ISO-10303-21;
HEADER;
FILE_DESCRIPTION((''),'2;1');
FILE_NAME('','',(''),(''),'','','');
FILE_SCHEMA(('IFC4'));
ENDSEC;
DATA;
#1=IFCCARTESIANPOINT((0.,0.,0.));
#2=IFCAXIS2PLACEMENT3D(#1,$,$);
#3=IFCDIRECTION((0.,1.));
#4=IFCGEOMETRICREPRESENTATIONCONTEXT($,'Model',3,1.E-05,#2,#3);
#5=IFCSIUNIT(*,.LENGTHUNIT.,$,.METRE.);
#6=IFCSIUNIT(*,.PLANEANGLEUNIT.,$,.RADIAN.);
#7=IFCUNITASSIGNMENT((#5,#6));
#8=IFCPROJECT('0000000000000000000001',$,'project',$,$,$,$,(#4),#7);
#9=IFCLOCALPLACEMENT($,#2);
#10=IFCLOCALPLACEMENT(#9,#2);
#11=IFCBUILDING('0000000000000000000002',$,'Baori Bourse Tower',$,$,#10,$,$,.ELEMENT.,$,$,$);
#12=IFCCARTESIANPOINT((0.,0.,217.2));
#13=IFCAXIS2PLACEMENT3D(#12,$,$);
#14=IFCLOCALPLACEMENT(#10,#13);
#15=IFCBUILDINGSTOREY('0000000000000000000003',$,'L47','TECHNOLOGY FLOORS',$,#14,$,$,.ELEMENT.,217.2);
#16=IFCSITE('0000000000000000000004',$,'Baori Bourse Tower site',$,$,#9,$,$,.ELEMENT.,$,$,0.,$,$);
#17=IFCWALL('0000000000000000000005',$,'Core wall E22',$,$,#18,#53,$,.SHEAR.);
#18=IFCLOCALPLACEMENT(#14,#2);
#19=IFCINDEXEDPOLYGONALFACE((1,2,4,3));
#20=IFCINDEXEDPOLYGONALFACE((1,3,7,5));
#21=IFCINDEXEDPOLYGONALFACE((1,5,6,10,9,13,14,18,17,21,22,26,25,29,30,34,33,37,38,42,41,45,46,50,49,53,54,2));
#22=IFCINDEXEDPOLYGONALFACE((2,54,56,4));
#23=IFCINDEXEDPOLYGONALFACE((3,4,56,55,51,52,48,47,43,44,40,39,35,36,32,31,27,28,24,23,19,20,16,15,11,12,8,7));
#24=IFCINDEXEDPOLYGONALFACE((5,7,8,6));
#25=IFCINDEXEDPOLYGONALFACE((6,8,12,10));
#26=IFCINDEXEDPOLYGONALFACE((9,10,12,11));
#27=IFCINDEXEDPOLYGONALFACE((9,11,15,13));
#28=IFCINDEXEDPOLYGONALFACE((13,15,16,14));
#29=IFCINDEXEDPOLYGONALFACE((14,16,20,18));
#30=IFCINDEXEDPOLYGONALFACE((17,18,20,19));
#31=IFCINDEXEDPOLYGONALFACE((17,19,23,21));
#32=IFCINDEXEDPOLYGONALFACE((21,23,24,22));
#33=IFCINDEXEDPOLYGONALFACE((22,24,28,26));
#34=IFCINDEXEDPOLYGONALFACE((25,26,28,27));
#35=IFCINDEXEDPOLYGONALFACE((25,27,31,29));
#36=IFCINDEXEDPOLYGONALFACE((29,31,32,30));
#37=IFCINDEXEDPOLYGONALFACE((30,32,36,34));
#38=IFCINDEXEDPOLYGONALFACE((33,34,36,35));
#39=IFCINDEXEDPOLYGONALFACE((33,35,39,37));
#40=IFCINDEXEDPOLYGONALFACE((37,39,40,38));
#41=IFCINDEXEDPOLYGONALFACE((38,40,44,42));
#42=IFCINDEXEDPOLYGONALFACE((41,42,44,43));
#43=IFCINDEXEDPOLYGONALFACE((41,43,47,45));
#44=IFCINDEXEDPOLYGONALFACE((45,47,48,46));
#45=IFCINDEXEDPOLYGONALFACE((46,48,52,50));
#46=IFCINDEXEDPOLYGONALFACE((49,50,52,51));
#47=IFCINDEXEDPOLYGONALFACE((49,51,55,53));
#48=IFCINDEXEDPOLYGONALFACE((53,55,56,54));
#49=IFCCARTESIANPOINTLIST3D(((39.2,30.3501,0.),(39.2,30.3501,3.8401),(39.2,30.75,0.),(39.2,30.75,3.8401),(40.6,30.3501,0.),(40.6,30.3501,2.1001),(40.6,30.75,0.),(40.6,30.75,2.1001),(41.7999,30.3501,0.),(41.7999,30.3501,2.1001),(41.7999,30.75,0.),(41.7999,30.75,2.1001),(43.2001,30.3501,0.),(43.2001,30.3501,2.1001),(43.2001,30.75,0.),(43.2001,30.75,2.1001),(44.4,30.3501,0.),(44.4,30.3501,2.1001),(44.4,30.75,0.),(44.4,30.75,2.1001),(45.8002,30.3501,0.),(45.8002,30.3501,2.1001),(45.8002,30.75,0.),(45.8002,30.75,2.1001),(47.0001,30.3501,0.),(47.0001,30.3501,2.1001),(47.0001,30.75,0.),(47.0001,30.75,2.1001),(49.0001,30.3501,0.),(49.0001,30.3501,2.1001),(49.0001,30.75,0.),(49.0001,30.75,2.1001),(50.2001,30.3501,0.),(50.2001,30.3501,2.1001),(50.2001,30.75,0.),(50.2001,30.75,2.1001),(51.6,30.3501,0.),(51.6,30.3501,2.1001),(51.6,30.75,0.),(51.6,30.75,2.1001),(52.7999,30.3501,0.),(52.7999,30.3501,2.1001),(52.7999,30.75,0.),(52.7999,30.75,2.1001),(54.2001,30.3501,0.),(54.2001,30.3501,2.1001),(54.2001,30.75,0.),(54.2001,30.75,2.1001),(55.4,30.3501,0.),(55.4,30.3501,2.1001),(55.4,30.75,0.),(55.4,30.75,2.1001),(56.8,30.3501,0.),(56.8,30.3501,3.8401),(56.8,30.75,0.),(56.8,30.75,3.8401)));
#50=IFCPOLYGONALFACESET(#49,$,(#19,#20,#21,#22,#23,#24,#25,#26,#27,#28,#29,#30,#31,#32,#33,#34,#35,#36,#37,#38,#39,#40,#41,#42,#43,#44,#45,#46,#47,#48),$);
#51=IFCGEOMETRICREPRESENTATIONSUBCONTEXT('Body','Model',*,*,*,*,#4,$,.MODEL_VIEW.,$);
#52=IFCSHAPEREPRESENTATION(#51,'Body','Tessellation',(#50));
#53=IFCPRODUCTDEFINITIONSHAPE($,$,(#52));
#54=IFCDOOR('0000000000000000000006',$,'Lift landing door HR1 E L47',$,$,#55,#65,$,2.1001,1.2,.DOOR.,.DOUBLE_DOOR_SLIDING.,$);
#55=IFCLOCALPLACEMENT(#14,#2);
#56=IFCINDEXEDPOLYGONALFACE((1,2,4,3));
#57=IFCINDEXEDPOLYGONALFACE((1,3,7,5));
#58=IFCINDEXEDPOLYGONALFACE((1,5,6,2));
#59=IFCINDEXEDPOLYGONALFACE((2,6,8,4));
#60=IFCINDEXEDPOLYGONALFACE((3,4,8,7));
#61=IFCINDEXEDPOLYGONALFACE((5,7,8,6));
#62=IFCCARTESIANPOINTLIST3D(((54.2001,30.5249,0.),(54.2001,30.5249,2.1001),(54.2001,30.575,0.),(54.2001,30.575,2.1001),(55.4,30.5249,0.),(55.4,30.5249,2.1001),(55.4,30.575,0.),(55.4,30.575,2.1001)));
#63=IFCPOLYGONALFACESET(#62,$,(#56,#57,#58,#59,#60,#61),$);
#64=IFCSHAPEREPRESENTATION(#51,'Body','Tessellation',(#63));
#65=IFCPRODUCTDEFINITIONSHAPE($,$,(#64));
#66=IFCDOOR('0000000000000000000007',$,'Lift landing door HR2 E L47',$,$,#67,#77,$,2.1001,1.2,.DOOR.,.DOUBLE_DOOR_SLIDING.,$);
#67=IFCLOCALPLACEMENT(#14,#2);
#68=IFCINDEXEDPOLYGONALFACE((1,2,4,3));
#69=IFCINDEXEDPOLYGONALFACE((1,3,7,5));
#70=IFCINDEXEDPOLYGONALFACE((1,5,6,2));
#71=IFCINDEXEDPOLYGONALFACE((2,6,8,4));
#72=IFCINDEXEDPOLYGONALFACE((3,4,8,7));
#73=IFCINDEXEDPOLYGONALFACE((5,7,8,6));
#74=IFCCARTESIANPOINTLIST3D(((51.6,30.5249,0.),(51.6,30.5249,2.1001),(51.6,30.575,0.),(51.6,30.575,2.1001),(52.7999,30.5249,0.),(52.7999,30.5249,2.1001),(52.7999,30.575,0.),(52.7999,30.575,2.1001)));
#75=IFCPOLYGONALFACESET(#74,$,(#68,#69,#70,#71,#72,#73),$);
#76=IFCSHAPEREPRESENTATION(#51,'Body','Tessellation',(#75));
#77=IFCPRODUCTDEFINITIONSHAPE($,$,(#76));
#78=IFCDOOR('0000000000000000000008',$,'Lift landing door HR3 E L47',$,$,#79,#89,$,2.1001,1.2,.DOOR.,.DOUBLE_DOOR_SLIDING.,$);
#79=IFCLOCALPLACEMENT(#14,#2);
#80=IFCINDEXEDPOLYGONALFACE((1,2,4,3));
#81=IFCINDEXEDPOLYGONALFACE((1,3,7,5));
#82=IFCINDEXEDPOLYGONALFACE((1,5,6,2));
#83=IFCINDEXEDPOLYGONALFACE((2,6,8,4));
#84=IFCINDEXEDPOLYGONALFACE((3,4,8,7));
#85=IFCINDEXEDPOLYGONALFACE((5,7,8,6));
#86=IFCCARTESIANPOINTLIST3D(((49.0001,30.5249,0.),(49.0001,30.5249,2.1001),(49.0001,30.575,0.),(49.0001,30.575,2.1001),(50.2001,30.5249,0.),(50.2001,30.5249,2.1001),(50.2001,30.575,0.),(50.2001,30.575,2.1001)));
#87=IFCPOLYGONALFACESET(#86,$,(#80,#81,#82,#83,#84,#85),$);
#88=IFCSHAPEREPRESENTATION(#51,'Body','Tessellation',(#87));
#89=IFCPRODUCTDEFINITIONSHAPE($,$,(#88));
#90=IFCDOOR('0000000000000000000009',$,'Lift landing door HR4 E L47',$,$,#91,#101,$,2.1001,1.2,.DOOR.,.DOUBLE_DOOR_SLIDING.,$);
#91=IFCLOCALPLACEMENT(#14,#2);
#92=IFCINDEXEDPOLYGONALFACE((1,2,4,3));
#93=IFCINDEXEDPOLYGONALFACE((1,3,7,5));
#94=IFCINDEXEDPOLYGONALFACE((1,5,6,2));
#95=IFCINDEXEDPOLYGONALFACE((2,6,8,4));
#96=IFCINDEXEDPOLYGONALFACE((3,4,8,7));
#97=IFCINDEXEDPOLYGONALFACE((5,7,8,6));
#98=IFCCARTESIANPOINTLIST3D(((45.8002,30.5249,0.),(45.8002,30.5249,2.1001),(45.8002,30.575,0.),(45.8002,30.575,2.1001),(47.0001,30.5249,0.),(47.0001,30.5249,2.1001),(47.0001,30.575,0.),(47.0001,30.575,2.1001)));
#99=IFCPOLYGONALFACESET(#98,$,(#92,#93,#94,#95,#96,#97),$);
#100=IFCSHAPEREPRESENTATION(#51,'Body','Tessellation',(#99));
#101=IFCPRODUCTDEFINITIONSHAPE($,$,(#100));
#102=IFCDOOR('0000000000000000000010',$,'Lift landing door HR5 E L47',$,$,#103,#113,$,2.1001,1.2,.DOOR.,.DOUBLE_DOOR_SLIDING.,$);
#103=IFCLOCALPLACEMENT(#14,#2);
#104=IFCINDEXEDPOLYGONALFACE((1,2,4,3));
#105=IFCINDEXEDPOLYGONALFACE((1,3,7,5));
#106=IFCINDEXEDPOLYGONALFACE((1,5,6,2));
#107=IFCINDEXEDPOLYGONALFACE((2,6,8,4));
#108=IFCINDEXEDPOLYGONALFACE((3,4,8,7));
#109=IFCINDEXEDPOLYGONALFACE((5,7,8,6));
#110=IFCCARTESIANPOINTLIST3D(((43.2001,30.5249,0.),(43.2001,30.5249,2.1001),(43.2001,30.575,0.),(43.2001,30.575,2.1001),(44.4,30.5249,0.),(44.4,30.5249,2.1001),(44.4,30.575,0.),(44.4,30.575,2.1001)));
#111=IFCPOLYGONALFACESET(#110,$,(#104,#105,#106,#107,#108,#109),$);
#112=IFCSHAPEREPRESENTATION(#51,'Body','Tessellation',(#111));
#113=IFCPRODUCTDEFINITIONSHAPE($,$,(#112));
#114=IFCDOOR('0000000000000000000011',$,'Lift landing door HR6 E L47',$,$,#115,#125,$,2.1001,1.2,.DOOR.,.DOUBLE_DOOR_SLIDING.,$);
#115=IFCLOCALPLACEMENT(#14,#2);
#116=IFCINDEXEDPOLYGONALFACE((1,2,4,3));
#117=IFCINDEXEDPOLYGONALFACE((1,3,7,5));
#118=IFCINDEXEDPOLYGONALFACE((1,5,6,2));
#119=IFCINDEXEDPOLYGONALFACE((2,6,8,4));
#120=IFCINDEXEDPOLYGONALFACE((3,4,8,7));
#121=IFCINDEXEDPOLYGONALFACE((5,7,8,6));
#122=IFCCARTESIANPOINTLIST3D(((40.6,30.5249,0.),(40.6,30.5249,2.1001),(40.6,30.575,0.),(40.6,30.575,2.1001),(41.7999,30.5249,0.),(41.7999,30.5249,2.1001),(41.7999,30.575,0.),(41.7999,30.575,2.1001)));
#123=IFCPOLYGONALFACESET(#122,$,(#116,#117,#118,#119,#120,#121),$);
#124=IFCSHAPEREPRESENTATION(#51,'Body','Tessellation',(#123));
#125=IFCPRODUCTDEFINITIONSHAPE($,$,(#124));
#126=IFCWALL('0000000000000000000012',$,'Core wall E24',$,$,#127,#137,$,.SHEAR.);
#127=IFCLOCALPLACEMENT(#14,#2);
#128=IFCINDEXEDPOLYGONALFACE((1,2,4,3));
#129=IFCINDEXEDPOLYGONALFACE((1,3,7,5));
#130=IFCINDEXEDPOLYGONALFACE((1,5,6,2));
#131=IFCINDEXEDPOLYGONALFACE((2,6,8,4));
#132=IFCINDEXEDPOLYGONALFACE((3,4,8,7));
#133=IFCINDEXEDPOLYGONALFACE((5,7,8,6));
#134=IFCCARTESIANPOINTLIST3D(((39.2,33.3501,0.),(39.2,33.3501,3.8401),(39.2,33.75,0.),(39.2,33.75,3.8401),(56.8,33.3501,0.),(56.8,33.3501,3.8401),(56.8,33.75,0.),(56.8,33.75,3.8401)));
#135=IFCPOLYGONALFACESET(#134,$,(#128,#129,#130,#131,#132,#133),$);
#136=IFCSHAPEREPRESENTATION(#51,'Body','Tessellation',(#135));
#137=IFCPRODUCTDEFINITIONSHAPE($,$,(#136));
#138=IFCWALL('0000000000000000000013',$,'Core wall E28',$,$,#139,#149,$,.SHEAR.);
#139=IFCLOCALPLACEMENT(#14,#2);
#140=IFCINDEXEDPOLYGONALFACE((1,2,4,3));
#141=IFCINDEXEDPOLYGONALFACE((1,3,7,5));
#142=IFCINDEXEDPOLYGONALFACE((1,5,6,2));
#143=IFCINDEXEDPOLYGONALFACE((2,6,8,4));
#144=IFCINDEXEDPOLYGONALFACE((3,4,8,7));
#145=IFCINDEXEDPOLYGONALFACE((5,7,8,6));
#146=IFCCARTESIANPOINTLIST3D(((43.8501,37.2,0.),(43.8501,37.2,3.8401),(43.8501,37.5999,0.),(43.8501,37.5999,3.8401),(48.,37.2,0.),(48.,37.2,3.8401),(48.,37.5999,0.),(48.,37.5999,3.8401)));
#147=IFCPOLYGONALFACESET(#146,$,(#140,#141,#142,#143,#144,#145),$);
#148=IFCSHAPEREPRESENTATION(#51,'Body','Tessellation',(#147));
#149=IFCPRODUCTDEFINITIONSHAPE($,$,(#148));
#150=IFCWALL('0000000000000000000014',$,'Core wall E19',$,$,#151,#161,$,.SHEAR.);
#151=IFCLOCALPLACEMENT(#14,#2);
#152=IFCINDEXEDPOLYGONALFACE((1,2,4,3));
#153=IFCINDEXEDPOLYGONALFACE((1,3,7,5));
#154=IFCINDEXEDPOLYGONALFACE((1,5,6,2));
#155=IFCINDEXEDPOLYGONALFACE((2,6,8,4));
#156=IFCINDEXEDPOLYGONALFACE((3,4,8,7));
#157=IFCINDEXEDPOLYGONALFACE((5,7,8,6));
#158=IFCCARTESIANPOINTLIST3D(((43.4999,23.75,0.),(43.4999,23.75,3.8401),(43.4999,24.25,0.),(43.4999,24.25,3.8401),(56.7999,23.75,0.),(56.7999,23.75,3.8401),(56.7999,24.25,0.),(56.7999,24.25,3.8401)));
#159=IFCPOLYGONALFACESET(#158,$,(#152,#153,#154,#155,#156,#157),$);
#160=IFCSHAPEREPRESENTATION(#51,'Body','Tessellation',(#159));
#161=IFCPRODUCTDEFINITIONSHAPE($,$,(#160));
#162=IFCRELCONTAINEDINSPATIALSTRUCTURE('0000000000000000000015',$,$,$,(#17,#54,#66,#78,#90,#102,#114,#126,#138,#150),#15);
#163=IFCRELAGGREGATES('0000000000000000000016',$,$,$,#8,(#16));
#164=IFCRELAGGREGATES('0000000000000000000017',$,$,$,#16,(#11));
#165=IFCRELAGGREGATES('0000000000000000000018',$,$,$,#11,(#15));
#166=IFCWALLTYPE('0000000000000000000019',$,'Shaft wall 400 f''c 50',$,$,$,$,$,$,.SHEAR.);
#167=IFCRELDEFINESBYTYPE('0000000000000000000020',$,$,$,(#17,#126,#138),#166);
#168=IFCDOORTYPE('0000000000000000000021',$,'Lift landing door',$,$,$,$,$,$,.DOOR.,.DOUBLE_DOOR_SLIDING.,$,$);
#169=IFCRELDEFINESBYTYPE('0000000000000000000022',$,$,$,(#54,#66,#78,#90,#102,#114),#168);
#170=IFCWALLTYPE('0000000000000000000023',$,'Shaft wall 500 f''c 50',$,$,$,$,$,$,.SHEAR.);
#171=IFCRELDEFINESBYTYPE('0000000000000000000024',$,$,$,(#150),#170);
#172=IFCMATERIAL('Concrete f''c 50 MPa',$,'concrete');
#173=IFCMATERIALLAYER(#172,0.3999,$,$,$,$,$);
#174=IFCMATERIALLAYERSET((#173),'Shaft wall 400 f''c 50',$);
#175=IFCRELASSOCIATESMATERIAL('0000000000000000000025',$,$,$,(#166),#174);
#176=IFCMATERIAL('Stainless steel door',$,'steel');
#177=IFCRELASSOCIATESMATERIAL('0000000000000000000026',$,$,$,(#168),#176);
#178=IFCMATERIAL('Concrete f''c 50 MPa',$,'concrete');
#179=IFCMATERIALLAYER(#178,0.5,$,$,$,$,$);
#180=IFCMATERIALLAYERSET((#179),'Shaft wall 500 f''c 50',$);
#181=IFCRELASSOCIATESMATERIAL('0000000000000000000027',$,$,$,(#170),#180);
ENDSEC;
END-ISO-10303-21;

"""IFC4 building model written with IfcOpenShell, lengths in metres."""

from ifc_helpers import new_model, si_unit, direction, frame, frame_2d, origin, place, context, subcontext, project, spatial, rectangle, extrude, material, layer, layer_set, type_object, element, fill, save


model = new_model("IFC4")

# Units and contexts
model_context = context("Model", 3, precision=1e-05, world=origin(), true_north=direction((0.0, 1.0)))
body_context = subcontext(model_context, "Body", "Model", "MODEL_VIEW")
ifc_project = project(units=[si_unit("LENGTHUNIT", "METRE"), si_unit("PLANEANGLEUNIT", "RADIAN")], contexts=[model_context])

# Site, building, storey
site_placement = place(None, origin())
site = spatial("IfcSite", under=ifc_project, at=site_placement, Name="Baori Bourse Tower site", CompositionType="ELEMENT", RefElevation=0.0)
building_placement = place(site_placement, origin())
building = spatial("IfcBuilding", under=site, at=building_placement, Name="Baori Bourse Tower", CompositionType="ELEMENT")
storey_placement = place(building_placement, frame((0.0, 0.0, 217.2)))
storey = spatial("IfcBuildingStorey", under=building, at=storey_placement, Name="L47", Description="TECHNOLOGY FLOORS", CompositionType="ELEMENT", Elevation=217.2)

# Wall, openings, doors
ifc_material_1 = material(Name="Concrete f'c 50 MPa", Category="concrete")
ifc_layer_1 = layer(ifc_material_1, 0.3999)
ifc_layer_set_1 = layer_set([ifc_layer_1], Name="Shaft wall 400 f'c 50")
wall_type_1 = type_object("IfcWallType", Name="Shaft wall 400 f'c 50", PredefinedType="SHEAR", material=ifc_layer_set_1)
ifc_material_2 = material(Name="Stainless steel door", Category="steel")
door_type_1 = type_object("IfcDoorType", Name="Lift landing door", OperationType="DOUBLE_DOOR_SLIDING", PredefinedType="DOOR", material=ifc_material_2)
wall_1_placement = place(storey_placement, frame((39.2, 30.55, 0.0), z_axis=(0.0, 0.0, 1.0), x_axis=(1.0, 0.0, 0.0)))
wall_1 = element("IfcWall", 1, at=wall_1_placement, inside=storey, type_object=wall_type_1, Name="Core wall E22", PredefinedType="SHEAR", context=body_context, shape_type="SweptSolid", body=[
    extrude(rectangle(XDim=17.6001, YDim=0.3999, at=frame_2d((8.8, 0.0))), origin(), (0.0, 0.0, 1.0), 3.8401),
])
opening_1_placement = place(wall_1_placement, frame((15.0, 0.0, 0.0)))
opening_1 = element("IfcOpeningElement", 2, at=opening_1_placement, cuts=wall_1, PredefinedType="OPENING", context=body_context, shape_type="SweptSolid", body=[
    extrude(rectangle(XDim=1.2, YDim=2.1001, at=frame_2d((0.6001, 1.05))), frame((0.0, 0.21, 0.0), z_axis=(0.0, -1.0, 0.0), x_axis=(1.0, 0.0, 0.0)), (0.0, 0.0, 1.0), 0.4199),
])
opening_2_placement = place(wall_1_placement, frame((12.3999, 0.0, 0.0)))
opening_2 = element("IfcOpeningElement", 3, at=opening_2_placement, cuts=wall_1, PredefinedType="OPENING", context=body_context, shape_type="SweptSolid", body=[
    extrude(rectangle(XDim=1.2, YDim=2.1001, at=frame_2d((0.6001, 1.05))), frame((0.0, 0.21, 0.0), z_axis=(0.0, -1.0, 0.0), x_axis=(1.0, 0.0, 0.0)), (0.0, 0.0, 1.0), 0.4199),
])
opening_3_placement = place(wall_1_placement, frame((9.8, 0.0, 0.0)))
opening_3 = element("IfcOpeningElement", 4, at=opening_3_placement, cuts=wall_1, PredefinedType="OPENING", context=body_context, shape_type="SweptSolid", body=[
    extrude(rectangle(XDim=1.2, YDim=2.1001, at=frame_2d((0.6001, 1.05))), frame((0.0, 0.21, 0.0), z_axis=(0.0, -1.0, 0.0), x_axis=(1.0, 0.0, 0.0)), (0.0, 0.0, 1.0), 0.4199),
])
opening_4_placement = place(wall_1_placement, frame((6.6001, 0.0, 0.0)))
opening_4 = element("IfcOpeningElement", 5, at=opening_4_placement, cuts=wall_1, PredefinedType="OPENING", context=body_context, shape_type="SweptSolid", body=[
    extrude(rectangle(XDim=1.2, YDim=2.1001, at=frame_2d((0.6001, 1.05))), frame((0.0, 0.21, 0.0), z_axis=(0.0, -1.0, 0.0), x_axis=(1.0, 0.0, 0.0)), (0.0, 0.0, 1.0), 0.4199),
])
opening_5_placement = place(wall_1_placement, frame((4.0, 0.0, 0.0)))
opening_5 = element("IfcOpeningElement", 6, at=opening_5_placement, cuts=wall_1, PredefinedType="OPENING", context=body_context, shape_type="SweptSolid", body=[
    extrude(rectangle(XDim=1.2, YDim=2.1001, at=frame_2d((0.6001, 1.05))), frame((0.0, 0.21, 0.0), z_axis=(0.0, -1.0, 0.0), x_axis=(1.0, 0.0, 0.0)), (0.0, 0.0, 1.0), 0.4199),
])
opening_6_placement = place(wall_1_placement, frame((1.3999, 0.0, 0.0)))
opening_6 = element("IfcOpeningElement", 7, at=opening_6_placement, cuts=wall_1, PredefinedType="OPENING", context=body_context, shape_type="SweptSolid", body=[
    extrude(rectangle(XDim=1.2, YDim=2.1001, at=frame_2d((0.6001, 1.05))), frame((0.0, 0.21, 0.0), z_axis=(0.0, -1.0, 0.0), x_axis=(1.0, 0.0, 0.0)), (0.0, 0.0, 1.0), 0.4199),
])
door_1_placement = place(opening_1_placement, origin())
door_1 = element("IfcDoor", 8, at=door_1_placement, inside=storey, type_object=door_type_1, Name="Lift landing door HR1 E L47", OperationType="DOUBLE_DOOR_SLIDING", OverallHeight=2.1001, OverallWidth=1.2, PredefinedType="DOOR", context=body_context, shape_type="SweptSolid", body=[
    extrude(rectangle(XDim=1.2, YDim=2.1001, at=frame_2d((0.6001, 1.05))), frame((0.0, 0.0249, 0.0), z_axis=(0.0, -1.0, 0.0), x_axis=(1.0, 0.0, 0.0)), (0.0, 0.0, 1.0), 0.05),
])
fill(opening_1, door_1)
door_2_placement = place(opening_2_placement, origin())
door_2 = element("IfcDoor", 9, at=door_2_placement, inside=storey, type_object=door_type_1, Name="Lift landing door HR2 E L47", OperationType="DOUBLE_DOOR_SLIDING", OverallHeight=2.1001, OverallWidth=1.2, PredefinedType="DOOR", context=body_context, shape_type="SweptSolid", body=[
    extrude(rectangle(XDim=1.2, YDim=2.1001, at=frame_2d((0.6001, 1.05))), frame((0.0, 0.0249, 0.0), z_axis=(0.0, -1.0, 0.0), x_axis=(1.0, 0.0, 0.0)), (0.0, 0.0, 1.0), 0.05),
])
fill(opening_2, door_2)
door_3_placement = place(opening_3_placement, origin())
door_3 = element("IfcDoor", 10, at=door_3_placement, inside=storey, type_object=door_type_1, Name="Lift landing door HR3 E L47", OperationType="DOUBLE_DOOR_SLIDING", OverallHeight=2.1001, OverallWidth=1.2, PredefinedType="DOOR", context=body_context, shape_type="SweptSolid", body=[
    extrude(rectangle(XDim=1.2, YDim=2.1001, at=frame_2d((0.6001, 1.05))), frame((0.0, 0.0249, 0.0), z_axis=(0.0, -1.0, 0.0), x_axis=(1.0, 0.0, 0.0)), (0.0, 0.0, 1.0), 0.05),
])
fill(opening_3, door_3)
door_4_placement = place(opening_4_placement, origin())
door_4 = element("IfcDoor", 11, at=door_4_placement, inside=storey, type_object=door_type_1, Name="Lift landing door HR4 E L47", OperationType="DOUBLE_DOOR_SLIDING", OverallHeight=2.1001, OverallWidth=1.2, PredefinedType="DOOR", context=body_context, shape_type="SweptSolid", body=[
    extrude(rectangle(XDim=1.2, YDim=2.1001, at=frame_2d((0.6001, 1.05))), frame((0.0, 0.0249, 0.0), z_axis=(0.0, -1.0, 0.0), x_axis=(1.0, 0.0, 0.0)), (0.0, 0.0, 1.0), 0.05),
])
fill(opening_4, door_4)
door_5_placement = place(opening_5_placement, origin())
door_5 = element("IfcDoor", 12, at=door_5_placement, inside=storey, type_object=door_type_1, Name="Lift landing door HR5 E L47", OperationType="DOUBLE_DOOR_SLIDING", OverallHeight=2.1001, OverallWidth=1.2, PredefinedType="DOOR", context=body_context, shape_type="SweptSolid", body=[
    extrude(rectangle(XDim=1.2, YDim=2.1001, at=frame_2d((0.6001, 1.05))), frame((0.0, 0.0249, 0.0), z_axis=(0.0, -1.0, 0.0), x_axis=(1.0, 0.0, 0.0)), (0.0, 0.0, 1.0), 0.05),
])
fill(opening_5, door_5)
door_6_placement = place(opening_6_placement, origin())
door_6 = element("IfcDoor", 13, at=door_6_placement, inside=storey, type_object=door_type_1, Name="Lift landing door HR6 E L47", OperationType="DOUBLE_DOOR_SLIDING", OverallHeight=2.1001, OverallWidth=1.2, PredefinedType="DOOR", context=body_context, shape_type="SweptSolid", body=[
    extrude(rectangle(XDim=1.2, YDim=2.1001, at=frame_2d((0.6001, 1.05))), frame((0.0, 0.0249, 0.0), z_axis=(0.0, -1.0, 0.0), x_axis=(1.0, 0.0, 0.0)), (0.0, 0.0, 1.0), 0.05),
])
fill(opening_6, door_6)

# Walls
wall_2_placement = place(storey_placement, frame((39.2, 33.55, 0.0), z_axis=(0.0, 0.0, 1.0), x_axis=(1.0, 0.0, 0.0)))
element("IfcWall", 14, at=wall_2_placement, inside=storey, type_object=wall_type_1, Name="Core wall E24", PredefinedType="SHEAR", context=body_context, shape_type="SweptSolid", body=[
    extrude(rectangle(XDim=17.6001, YDim=0.3999, at=frame_2d((8.8, 0.0))), origin(), (0.0, 0.0, 1.0), 3.8401),
])
wall_3_placement = place(storey_placement, frame((43.8501, 37.3999, 0.0), z_axis=(0.0, 0.0, 1.0), x_axis=(1.0, 0.0, 0.0)))
element("IfcWall", 15, at=wall_3_placement, inside=storey, type_object=wall_type_1, Name="Core wall E28", PredefinedType="SHEAR", context=body_context, shape_type="SweptSolid", body=[
    extrude(rectangle(XDim=4.1499, YDim=0.3999, at=frame_2d((2.075, 0.0))), origin(), (0.0, 0.0, 1.0), 3.8401),
])
ifc_material_3 = material(Name="Concrete f'c 50 MPa", Category="concrete")
ifc_layer_2 = layer(ifc_material_3, 0.5)
ifc_layer_set_2 = layer_set([ifc_layer_2], Name="Shaft wall 500 f'c 50")
wall_type_2 = type_object("IfcWallType", Name="Shaft wall 500 f'c 50", PredefinedType="SHEAR", material=ifc_layer_set_2)
wall_4_placement = place(storey_placement, frame((43.5, 24.0, 0.0), z_axis=(0.0, 0.0, 1.0), x_axis=(1.0, 0.0, 0.0)))
element("IfcWall", 16, at=wall_4_placement, inside=storey, type_object=wall_type_2, Name="Core wall E19", PredefinedType="SHEAR", context=body_context, shape_type="SweptSolid", body=[
    extrude(rectangle(XDim=13.3, YDim=0.5, at=frame_2d((6.6499, 0.0))), origin(), (0.0, 0.0, 1.0), 3.8401),
])

save(model, "model.ifc")
